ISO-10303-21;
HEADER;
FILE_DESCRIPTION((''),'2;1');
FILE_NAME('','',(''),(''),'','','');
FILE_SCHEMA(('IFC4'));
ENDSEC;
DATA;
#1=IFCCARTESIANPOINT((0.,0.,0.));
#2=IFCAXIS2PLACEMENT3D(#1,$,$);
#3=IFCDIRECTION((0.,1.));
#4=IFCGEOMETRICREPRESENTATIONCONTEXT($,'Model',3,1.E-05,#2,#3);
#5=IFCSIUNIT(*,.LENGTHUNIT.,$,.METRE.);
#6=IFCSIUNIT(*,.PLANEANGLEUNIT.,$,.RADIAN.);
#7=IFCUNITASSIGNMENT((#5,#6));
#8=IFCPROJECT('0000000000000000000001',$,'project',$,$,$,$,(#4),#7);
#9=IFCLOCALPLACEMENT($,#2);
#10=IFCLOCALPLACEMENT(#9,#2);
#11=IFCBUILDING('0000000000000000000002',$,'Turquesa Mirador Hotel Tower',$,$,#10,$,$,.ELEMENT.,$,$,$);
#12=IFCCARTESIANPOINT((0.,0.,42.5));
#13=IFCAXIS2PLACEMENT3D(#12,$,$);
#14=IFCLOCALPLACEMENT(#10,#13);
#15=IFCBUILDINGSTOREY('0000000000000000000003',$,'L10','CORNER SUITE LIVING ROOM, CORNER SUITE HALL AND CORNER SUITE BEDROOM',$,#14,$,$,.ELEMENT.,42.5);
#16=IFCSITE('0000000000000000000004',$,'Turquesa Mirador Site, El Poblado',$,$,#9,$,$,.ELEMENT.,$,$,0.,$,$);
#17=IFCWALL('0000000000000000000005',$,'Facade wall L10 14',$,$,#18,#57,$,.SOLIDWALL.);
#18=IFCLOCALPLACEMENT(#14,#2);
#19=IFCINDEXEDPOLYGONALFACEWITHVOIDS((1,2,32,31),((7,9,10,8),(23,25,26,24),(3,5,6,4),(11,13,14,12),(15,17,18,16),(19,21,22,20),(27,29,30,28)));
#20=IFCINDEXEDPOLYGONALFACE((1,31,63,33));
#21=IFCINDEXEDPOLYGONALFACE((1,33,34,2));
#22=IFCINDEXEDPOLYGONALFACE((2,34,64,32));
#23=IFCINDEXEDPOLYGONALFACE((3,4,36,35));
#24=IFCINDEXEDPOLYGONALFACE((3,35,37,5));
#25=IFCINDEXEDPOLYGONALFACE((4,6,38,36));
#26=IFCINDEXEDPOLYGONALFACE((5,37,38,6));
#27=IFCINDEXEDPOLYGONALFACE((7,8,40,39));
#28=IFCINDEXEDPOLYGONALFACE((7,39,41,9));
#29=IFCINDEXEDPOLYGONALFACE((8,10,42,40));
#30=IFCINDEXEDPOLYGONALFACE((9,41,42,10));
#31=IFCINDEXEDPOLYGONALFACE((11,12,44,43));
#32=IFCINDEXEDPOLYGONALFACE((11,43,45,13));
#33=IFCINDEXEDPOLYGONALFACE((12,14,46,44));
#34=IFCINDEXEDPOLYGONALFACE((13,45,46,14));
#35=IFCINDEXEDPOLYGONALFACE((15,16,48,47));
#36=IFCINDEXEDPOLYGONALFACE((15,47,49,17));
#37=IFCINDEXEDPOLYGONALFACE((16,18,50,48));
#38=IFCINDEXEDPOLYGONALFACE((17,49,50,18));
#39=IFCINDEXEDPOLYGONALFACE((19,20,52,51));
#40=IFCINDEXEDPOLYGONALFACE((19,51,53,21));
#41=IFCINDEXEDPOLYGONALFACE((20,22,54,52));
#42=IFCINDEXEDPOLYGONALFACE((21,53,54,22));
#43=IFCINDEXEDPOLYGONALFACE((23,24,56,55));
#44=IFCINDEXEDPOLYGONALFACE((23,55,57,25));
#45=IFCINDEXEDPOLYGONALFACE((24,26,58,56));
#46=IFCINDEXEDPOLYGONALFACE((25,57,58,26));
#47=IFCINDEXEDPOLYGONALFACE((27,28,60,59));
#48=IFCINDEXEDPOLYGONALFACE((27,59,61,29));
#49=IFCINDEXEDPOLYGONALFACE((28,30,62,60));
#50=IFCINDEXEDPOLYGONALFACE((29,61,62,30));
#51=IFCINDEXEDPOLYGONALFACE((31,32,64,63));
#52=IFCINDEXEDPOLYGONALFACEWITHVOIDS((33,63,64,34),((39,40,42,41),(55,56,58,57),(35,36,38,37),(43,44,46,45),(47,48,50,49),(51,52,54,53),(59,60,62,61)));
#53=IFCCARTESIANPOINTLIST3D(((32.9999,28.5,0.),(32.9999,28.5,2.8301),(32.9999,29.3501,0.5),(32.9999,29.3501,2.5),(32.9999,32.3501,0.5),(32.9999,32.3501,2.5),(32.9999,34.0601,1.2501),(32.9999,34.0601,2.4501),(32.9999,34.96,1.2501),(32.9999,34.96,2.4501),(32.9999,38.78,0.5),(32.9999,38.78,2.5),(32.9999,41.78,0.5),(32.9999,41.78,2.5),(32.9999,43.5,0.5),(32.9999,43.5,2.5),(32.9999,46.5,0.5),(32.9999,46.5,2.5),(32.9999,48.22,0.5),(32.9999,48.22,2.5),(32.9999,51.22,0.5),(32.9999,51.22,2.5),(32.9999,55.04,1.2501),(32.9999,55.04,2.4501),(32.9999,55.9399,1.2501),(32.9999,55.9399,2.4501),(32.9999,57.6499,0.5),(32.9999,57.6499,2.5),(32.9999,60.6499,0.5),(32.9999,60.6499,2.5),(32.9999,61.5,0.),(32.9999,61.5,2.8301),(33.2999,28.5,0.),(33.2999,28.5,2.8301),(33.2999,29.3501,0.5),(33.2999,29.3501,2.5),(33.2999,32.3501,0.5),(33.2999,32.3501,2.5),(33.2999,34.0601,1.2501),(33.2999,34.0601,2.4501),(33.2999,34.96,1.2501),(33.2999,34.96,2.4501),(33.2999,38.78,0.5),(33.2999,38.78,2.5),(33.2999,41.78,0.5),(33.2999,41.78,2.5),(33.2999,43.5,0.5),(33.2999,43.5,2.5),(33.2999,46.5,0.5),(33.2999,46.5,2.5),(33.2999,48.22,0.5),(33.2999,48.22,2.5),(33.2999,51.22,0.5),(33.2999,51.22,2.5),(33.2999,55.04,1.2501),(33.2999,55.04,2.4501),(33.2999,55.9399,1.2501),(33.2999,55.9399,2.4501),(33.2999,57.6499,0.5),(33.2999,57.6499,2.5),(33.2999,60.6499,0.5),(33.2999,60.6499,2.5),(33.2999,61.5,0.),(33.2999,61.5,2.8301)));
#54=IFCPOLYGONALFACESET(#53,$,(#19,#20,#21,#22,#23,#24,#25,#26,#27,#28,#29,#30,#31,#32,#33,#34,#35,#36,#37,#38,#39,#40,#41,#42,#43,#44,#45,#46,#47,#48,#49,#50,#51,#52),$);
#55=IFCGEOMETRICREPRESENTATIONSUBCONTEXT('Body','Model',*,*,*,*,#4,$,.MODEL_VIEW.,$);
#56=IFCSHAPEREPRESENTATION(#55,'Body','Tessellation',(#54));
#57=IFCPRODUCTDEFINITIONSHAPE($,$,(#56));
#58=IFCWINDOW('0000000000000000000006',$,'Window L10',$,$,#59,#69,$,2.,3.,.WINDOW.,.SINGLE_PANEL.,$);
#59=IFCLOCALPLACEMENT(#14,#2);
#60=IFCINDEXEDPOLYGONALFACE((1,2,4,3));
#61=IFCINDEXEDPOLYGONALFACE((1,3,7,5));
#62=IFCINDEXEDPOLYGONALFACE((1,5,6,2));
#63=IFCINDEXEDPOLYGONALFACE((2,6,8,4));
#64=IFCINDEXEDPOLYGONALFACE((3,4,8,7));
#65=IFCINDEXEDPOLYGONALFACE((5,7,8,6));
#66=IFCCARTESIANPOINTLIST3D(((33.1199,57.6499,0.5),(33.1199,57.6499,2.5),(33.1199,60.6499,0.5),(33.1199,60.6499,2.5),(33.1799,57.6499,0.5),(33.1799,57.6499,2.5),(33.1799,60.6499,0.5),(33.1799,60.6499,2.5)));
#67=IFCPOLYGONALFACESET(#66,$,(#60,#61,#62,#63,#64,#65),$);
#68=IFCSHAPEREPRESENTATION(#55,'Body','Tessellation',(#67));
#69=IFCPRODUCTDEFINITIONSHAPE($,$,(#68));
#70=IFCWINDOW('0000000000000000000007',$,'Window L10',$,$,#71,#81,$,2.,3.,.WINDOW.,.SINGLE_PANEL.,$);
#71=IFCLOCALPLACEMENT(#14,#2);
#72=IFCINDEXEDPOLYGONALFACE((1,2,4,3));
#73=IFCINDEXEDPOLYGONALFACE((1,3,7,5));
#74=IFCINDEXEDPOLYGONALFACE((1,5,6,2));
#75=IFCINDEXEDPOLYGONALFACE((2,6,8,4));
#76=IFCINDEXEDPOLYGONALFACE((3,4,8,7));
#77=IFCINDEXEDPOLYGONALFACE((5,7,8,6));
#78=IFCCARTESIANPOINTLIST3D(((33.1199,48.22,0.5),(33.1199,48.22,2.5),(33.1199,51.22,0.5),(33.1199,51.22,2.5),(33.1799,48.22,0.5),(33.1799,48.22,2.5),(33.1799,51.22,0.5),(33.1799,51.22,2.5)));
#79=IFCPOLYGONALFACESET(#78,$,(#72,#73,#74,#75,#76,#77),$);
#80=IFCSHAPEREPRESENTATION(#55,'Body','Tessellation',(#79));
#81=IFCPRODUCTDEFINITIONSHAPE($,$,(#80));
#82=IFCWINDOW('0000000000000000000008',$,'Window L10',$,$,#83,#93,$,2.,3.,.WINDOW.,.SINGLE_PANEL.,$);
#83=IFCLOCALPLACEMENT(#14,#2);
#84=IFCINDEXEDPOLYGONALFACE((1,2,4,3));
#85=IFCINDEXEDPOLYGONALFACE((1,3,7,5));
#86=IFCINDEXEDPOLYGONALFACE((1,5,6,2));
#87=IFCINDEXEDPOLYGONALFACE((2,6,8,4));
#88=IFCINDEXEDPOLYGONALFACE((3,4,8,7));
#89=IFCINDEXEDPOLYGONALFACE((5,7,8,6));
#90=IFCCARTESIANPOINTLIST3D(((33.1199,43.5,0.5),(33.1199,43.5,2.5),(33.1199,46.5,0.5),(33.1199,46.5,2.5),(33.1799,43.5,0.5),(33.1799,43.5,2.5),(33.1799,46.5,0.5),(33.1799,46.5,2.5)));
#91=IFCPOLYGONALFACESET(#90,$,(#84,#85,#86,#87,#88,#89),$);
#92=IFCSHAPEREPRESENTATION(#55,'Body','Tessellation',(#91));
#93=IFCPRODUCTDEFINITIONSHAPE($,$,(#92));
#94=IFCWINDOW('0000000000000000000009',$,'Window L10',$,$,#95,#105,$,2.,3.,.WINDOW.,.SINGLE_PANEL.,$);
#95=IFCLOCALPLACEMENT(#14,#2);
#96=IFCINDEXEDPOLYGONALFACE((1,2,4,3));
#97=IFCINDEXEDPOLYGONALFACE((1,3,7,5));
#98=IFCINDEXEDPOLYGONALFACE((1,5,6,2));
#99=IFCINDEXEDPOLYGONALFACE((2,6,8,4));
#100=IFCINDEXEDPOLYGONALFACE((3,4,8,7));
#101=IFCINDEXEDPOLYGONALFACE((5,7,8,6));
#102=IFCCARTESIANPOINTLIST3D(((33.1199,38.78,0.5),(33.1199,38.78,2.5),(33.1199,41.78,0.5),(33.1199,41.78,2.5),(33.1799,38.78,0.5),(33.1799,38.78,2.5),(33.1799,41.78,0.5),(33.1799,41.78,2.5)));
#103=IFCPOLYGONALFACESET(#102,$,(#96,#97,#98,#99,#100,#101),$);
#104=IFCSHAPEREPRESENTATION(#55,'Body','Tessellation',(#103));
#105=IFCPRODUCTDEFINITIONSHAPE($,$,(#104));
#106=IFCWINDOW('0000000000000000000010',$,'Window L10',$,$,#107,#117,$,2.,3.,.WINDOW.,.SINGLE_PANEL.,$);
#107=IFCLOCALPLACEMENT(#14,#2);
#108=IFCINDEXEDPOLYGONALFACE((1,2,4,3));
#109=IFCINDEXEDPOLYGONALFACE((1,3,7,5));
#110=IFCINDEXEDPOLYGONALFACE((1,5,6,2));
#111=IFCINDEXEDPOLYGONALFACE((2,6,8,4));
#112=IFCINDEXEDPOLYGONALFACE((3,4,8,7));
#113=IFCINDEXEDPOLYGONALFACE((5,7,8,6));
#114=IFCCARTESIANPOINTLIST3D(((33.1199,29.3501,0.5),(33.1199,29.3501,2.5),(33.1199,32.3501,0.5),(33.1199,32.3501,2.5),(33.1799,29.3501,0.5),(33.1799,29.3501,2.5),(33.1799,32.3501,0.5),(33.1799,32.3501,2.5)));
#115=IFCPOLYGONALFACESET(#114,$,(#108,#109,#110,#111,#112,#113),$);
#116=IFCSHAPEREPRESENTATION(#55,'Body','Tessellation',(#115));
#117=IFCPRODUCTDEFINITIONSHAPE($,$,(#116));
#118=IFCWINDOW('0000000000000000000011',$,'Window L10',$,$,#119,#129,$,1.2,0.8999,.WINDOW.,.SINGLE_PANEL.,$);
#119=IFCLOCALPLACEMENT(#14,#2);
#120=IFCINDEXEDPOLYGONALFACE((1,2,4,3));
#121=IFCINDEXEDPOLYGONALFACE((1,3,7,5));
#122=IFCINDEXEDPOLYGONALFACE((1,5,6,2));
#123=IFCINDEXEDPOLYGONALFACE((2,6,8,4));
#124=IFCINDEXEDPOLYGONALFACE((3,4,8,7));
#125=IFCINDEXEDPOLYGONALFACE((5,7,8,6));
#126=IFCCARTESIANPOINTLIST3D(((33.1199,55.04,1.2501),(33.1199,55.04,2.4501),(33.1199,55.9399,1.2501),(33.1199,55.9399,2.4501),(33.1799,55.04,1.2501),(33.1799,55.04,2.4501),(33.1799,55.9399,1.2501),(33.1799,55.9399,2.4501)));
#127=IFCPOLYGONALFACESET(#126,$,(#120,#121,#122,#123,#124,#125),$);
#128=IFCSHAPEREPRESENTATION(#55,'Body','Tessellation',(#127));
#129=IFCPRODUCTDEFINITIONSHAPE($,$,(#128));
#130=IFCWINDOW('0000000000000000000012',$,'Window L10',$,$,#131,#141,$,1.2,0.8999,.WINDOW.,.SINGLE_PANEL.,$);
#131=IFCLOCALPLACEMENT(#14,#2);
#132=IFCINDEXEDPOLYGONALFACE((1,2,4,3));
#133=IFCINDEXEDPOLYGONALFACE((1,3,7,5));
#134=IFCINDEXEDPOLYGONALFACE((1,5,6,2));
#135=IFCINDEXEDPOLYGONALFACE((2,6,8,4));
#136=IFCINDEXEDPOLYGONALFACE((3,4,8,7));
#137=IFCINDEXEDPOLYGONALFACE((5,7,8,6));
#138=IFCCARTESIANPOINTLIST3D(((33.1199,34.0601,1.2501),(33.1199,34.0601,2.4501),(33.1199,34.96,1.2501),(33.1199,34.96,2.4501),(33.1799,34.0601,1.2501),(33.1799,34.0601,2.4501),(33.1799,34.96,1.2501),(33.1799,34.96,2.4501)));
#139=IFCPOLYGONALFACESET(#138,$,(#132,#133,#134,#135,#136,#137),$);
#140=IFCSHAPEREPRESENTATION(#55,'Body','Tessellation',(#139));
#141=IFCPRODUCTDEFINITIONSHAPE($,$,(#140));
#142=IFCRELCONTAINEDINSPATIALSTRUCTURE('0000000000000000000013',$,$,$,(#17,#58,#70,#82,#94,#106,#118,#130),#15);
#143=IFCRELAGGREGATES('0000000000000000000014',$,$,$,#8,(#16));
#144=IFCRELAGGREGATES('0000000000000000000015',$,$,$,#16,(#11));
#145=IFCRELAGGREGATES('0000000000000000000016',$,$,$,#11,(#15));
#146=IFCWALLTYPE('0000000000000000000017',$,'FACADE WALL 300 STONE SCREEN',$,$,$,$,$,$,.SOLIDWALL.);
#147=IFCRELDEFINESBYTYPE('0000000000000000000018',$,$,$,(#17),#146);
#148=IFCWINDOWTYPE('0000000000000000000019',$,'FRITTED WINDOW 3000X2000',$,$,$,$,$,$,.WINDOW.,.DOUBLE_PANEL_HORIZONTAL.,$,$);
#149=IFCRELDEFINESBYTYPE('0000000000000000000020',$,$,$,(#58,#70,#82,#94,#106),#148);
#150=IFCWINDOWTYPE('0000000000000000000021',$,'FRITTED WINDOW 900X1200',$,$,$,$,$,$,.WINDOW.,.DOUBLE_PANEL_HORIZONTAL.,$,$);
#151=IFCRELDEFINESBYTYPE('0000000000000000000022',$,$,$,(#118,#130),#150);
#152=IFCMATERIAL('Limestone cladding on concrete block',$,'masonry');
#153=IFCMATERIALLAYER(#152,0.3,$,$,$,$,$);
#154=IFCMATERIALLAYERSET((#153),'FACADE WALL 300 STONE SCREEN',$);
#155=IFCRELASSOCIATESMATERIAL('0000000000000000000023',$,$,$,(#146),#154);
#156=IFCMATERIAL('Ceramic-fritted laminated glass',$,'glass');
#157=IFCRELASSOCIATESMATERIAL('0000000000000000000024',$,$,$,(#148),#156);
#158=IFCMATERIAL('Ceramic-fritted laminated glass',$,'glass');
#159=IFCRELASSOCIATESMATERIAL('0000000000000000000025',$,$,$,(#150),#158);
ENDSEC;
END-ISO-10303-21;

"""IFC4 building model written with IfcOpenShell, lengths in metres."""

from ifc_helpers import new_model, si_unit, direction, frame, frame_2d, origin, place, context, subcontext, project, spatial, rectangle, extrude, material, layer, layer_set, type_object, element, fill, save


model = new_model("IFC4")

# Units and contexts
model_context = context("Model", 3, precision=1e-05, world=origin(), true_north=direction((0.0, 1.0)))
body_context = subcontext(model_context, "Body", "Model", "MODEL_VIEW")
ifc_project = project(units=[si_unit("LENGTHUNIT", "METRE"), si_unit("PLANEANGLEUNIT", "RADIAN")], contexts=[model_context])

# Site, building, storey
site_placement = place(None, origin())
site = spatial("IfcSite", under=ifc_project, at=site_placement, Name="Turquesa Mirador Site, El Poblado", CompositionType="ELEMENT", RefElevation=0.0)
building_placement = place(site_placement, origin())
building = spatial("IfcBuilding", under=site, at=building_placement, Name="Turquesa Mirador Hotel Tower", CompositionType="ELEMENT")
storey_placement = place(building_placement, frame((0.0, 0.0, 42.5)))
storey = spatial("IfcBuildingStorey", under=building, at=storey_placement, Name="L10", Description="CORNER SUITE LIVING ROOM, CORNER SUITE HALL AND CORNER SUITE BEDROOM", CompositionType="ELEMENT", Elevation=42.5)

# Shared definitions
ifc_material_1 = material(Name="Limestone cladding on concrete block", Category="masonry")
ifc_layer_1 = layer(ifc_material_1, 0.3)
ifc_layer_set_1 = layer_set([ifc_layer_1], Name="FACADE WALL 300 STONE SCREEN")
wall_type_1 = type_object("IfcWallType", Name="FACADE WALL 300 STONE SCREEN", PredefinedType="SOLIDWALL", material=ifc_layer_set_1)

# Wall, openings, windows
wall_1_placement = place(storey_placement, frame((33.1499, 61.5, 0.0), z_axis=(0.0, 0.0, 1.0), x_axis=(0.0, -1.0, 0.0)))
wall_1 = element("IfcWall", 1, at=wall_1_placement, inside=storey, type_object=wall_type_1, Name="Facade wall L10 14", PredefinedType="SOLIDWALL", context=body_context, shape_type="SweptSolid", body=[
    extrude(rectangle(XDim=33.0, YDim=0.3, at=frame_2d((16.5, 0.0))), origin(), (0.0, 0.0, 1.0), 2.8301),
])
opening_1_placement = place(wall_1_placement, frame((0.8501, 0.0, 0.5)))
opening_1 = element("IfcOpeningElement", 2, at=opening_1_placement, cuts=wall_1, PredefinedType="OPENING", context=body_context, shape_type="SweptSolid", body=[
    extrude(rectangle(XDim=3.0, YDim=2.0, at=frame_2d((1.5, 1.0))), frame((0.0, 0.1599, 0.0), z_axis=(0.0, -1.0, 0.0), x_axis=(1.0, 0.0, 0.0)), (0.0, 0.0, 1.0), 0.3201),
])
opening_2_placement = place(wall_1_placement, frame((5.5601, 0.0, 1.25)))
opening_2 = element("IfcOpeningElement", 3, at=opening_2_placement, cuts=wall_1, PredefinedType="OPENING", context=body_context, shape_type="SweptSolid", body=[
    extrude(rectangle(XDim=0.8999, YDim=1.2, at=frame_2d((0.45, 0.6001))), frame((0.0, 0.1599, 0.0), z_axis=(0.0, -1.0, 0.0), x_axis=(1.0, 0.0, 0.0)), (0.0, 0.0, 1.0), 0.3201),
])
opening_3_placement = place(wall_1_placement, frame((10.28, 0.0, 0.5)))
opening_3 = element("IfcOpeningElement", 4, at=opening_3_placement, cuts=wall_1, PredefinedType="OPENING", context=body_context, shape_type="SweptSolid", body=[
    extrude(rectangle(XDim=3.0, YDim=2.0, at=frame_2d((1.5, 1.0))), frame((0.0, 0.1599, 0.0), z_axis=(0.0, -1.0, 0.0), x_axis=(1.0, 0.0, 0.0)), (0.0, 0.0, 1.0), 0.3201),
])
opening_4_placement = place(wall_1_placement, frame((15.0, 0.0, 0.5)))
opening_4 = element("IfcOpeningElement", 5, at=opening_4_placement, cuts=wall_1, PredefinedType="OPENING", context=body_context, shape_type="SweptSolid", body=[
    extrude(rectangle(XDim=3.0, YDim=2.0, at=frame_2d((1.5, 1.0))), frame((0.0, 0.1599, 0.0), z_axis=(0.0, -1.0, 0.0), x_axis=(1.0, 0.0, 0.0)), (0.0, 0.0, 1.0), 0.3201),
])
opening_5_placement = place(wall_1_placement, frame((19.72, 0.0, 0.5)))
opening_5 = element("IfcOpeningElement", 6, at=opening_5_placement, cuts=wall_1, PredefinedType="OPENING", context=body_context, shape_type="SweptSolid", body=[
    extrude(rectangle(XDim=3.0, YDim=2.0, at=frame_2d((1.5, 1.0))), frame((0.0, 0.1599, 0.0), z_axis=(0.0, -1.0, 0.0), x_axis=(1.0, 0.0, 0.0)), (0.0, 0.0, 1.0), 0.3201),
])
opening_6_placement = place(wall_1_placement, frame((26.54, 0.0, 1.25)))
opening_6 = element("IfcOpeningElement", 7, at=opening_6_placement, cuts=wall_1, PredefinedType="OPENING", context=body_context, shape_type="SweptSolid", body=[
    extrude(rectangle(XDim=0.8999, YDim=1.2, at=frame_2d((0.45, 0.6001))), frame((0.0, 0.1599, 0.0), z_axis=(0.0, -1.0, 0.0), x_axis=(1.0, 0.0, 0.0)), (0.0, 0.0, 1.0), 0.3201),
])
opening_7_placement = place(wall_1_placement, frame((29.1499, 0.0, 0.5)))
opening_7 = element("IfcOpeningElement", 8, at=opening_7_placement, cuts=wall_1, PredefinedType="OPENING", context=body_context, shape_type="SweptSolid", body=[
    extrude(rectangle(XDim=3.0, YDim=2.0, at=frame_2d((1.5, 1.0))), frame((0.0, 0.1599, 0.0), z_axis=(0.0, -1.0, 0.0), x_axis=(1.0, 0.0, 0.0)), (0.0, 0.0, 1.0), 0.3201),
])
ifc_material_2 = material(Name="Ceramic-fritted laminated glass", Category="glass")
window_type_1 = type_object("IfcWindowType", Name="FRITTED WINDOW 3000X2000", PartitioningType="DOUBLE_PANEL_HORIZONTAL", PredefinedType="WINDOW", material=ifc_material_2)
window_1_placement = place(opening_1_placement, origin())
window_1 = element("IfcWindow", 9, at=window_1_placement, inside=storey, type_object=window_type_1, Name="Window L10", OverallHeight=2.0, OverallWidth=3.0, PartitioningType="SINGLE_PANEL", PredefinedType="WINDOW", context=body_context, shape_type="SweptSolid", body=[
    extrude(rectangle(XDim=3.0, YDim=2.0, at=frame_2d((1.5, 1.0))), frame((0.0, 0.03, 0.0), z_axis=(0.0, -1.0, 0.0), x_axis=(1.0, 0.0, 0.0)), (0.0, 0.0, 1.0), 0.0601),
])
fill(opening_1, window_1)
window_2_placement = place(opening_3_placement, origin())
window_2 = element("IfcWindow", 10, at=window_2_placement, inside=storey, type_object=window_type_1, Name="Window L10", OverallHeight=2.0, OverallWidth=3.0, PartitioningType="SINGLE_PANEL", PredefinedType="WINDOW", context=body_context, shape_type="SweptSolid", body=[
    extrude(rectangle(XDim=3.0, YDim=2.0, at=frame_2d((1.5, 1.0))), frame((0.0, 0.03, 0.0), z_axis=(0.0, -1.0, 0.0), x_axis=(1.0, 0.0, 0.0)), (0.0, 0.0, 1.0), 0.0601),
])
fill(opening_3, window_2)
window_3_placement = place(opening_4_placement, origin())
window_3 = element("IfcWindow", 11, at=window_3_placement, inside=storey, type_object=window_type_1, Name="Window L10", OverallHeight=2.0, OverallWidth=3.0, PartitioningType="SINGLE_PANEL", PredefinedType="WINDOW", context=body_context, shape_type="SweptSolid", body=[
    extrude(rectangle(XDim=3.0, YDim=2.0, at=frame_2d((1.5, 1.0))), frame((0.0, 0.03, 0.0), z_axis=(0.0, -1.0, 0.0), x_axis=(1.0, 0.0, 0.0)), (0.0, 0.0, 1.0), 0.0601),
])
fill(opening_4, window_3)
window_4_placement = place(opening_5_placement, origin())
window_4 = element("IfcWindow", 12, at=window_4_placement, inside=storey, type_object=window_type_1, Name="Window L10", OverallHeight=2.0, OverallWidth=3.0, PartitioningType="SINGLE_PANEL", PredefinedType="WINDOW", context=body_context, shape_type="SweptSolid", body=[
    extrude(rectangle(XDim=3.0, YDim=2.0, at=frame_2d((1.5, 1.0))), frame((0.0, 0.03, 0.0), z_axis=(0.0, -1.0, 0.0), x_axis=(1.0, 0.0, 0.0)), (0.0, 0.0, 1.0), 0.0601),
])
fill(opening_5, window_4)
window_5_placement = place(opening_7_placement, origin())
window_5 = element("IfcWindow", 13, at=window_5_placement, inside=storey, type_object=window_type_1, Name="Window L10", OverallHeight=2.0, OverallWidth=3.0, PartitioningType="SINGLE_PANEL", PredefinedType="WINDOW", context=body_context, shape_type="SweptSolid", body=[
    extrude(rectangle(XDim=3.0, YDim=2.0, at=frame_2d((1.5, 1.0))), frame((0.0, 0.03, 0.0), z_axis=(0.0, -1.0, 0.0), x_axis=(1.0, 0.0, 0.0)), (0.0, 0.0, 1.0), 0.0601),
])
fill(opening_7, window_5)
ifc_material_3 = material(Name="Ceramic-fritted laminated glass", Category="glass")
window_type_2 = type_object("IfcWindowType", Name="FRITTED WINDOW 900X1200", PartitioningType="DOUBLE_PANEL_HORIZONTAL", PredefinedType="WINDOW", material=ifc_material_3)
window_6_placement = place(opening_2_placement, origin())
window_6 = element("IfcWindow", 14, at=window_6_placement, inside=storey, type_object=window_type_2, Name="Window L10", OverallHeight=1.2, OverallWidth=0.8999, PartitioningType="SINGLE_PANEL", PredefinedType="WINDOW", context=body_context, shape_type="SweptSolid", body=[
    extrude(rectangle(XDim=0.8999, YDim=1.2, at=frame_2d((0.45, 0.6001))), frame((0.0, 0.03, 0.0), z_axis=(0.0, -1.0, 0.0), x_axis=(1.0, 0.0, 0.0)), (0.0, 0.0, 1.0), 0.0601),
])
fill(opening_2, window_6)
window_7_placement = place(opening_6_placement, origin())
window_7 = element("IfcWindow", 15, at=window_7_placement, inside=storey, type_object=window_type_2, Name="Window L10", OverallHeight=1.2, OverallWidth=0.8999, PartitioningType="SINGLE_PANEL", PredefinedType="WINDOW", context=body_context, shape_type="SweptSolid", body=[
    extrude(rectangle(XDim=0.8999, YDim=1.2, at=frame_2d((0.45, 0.6001))), frame((0.0, 0.03, 0.0), z_axis=(0.0, -1.0, 0.0), x_axis=(1.0, 0.0, 0.0)), (0.0, 0.0, 1.0), 0.0601),
])
fill(opening_6, window_7)

save(model, "model.ifc")
